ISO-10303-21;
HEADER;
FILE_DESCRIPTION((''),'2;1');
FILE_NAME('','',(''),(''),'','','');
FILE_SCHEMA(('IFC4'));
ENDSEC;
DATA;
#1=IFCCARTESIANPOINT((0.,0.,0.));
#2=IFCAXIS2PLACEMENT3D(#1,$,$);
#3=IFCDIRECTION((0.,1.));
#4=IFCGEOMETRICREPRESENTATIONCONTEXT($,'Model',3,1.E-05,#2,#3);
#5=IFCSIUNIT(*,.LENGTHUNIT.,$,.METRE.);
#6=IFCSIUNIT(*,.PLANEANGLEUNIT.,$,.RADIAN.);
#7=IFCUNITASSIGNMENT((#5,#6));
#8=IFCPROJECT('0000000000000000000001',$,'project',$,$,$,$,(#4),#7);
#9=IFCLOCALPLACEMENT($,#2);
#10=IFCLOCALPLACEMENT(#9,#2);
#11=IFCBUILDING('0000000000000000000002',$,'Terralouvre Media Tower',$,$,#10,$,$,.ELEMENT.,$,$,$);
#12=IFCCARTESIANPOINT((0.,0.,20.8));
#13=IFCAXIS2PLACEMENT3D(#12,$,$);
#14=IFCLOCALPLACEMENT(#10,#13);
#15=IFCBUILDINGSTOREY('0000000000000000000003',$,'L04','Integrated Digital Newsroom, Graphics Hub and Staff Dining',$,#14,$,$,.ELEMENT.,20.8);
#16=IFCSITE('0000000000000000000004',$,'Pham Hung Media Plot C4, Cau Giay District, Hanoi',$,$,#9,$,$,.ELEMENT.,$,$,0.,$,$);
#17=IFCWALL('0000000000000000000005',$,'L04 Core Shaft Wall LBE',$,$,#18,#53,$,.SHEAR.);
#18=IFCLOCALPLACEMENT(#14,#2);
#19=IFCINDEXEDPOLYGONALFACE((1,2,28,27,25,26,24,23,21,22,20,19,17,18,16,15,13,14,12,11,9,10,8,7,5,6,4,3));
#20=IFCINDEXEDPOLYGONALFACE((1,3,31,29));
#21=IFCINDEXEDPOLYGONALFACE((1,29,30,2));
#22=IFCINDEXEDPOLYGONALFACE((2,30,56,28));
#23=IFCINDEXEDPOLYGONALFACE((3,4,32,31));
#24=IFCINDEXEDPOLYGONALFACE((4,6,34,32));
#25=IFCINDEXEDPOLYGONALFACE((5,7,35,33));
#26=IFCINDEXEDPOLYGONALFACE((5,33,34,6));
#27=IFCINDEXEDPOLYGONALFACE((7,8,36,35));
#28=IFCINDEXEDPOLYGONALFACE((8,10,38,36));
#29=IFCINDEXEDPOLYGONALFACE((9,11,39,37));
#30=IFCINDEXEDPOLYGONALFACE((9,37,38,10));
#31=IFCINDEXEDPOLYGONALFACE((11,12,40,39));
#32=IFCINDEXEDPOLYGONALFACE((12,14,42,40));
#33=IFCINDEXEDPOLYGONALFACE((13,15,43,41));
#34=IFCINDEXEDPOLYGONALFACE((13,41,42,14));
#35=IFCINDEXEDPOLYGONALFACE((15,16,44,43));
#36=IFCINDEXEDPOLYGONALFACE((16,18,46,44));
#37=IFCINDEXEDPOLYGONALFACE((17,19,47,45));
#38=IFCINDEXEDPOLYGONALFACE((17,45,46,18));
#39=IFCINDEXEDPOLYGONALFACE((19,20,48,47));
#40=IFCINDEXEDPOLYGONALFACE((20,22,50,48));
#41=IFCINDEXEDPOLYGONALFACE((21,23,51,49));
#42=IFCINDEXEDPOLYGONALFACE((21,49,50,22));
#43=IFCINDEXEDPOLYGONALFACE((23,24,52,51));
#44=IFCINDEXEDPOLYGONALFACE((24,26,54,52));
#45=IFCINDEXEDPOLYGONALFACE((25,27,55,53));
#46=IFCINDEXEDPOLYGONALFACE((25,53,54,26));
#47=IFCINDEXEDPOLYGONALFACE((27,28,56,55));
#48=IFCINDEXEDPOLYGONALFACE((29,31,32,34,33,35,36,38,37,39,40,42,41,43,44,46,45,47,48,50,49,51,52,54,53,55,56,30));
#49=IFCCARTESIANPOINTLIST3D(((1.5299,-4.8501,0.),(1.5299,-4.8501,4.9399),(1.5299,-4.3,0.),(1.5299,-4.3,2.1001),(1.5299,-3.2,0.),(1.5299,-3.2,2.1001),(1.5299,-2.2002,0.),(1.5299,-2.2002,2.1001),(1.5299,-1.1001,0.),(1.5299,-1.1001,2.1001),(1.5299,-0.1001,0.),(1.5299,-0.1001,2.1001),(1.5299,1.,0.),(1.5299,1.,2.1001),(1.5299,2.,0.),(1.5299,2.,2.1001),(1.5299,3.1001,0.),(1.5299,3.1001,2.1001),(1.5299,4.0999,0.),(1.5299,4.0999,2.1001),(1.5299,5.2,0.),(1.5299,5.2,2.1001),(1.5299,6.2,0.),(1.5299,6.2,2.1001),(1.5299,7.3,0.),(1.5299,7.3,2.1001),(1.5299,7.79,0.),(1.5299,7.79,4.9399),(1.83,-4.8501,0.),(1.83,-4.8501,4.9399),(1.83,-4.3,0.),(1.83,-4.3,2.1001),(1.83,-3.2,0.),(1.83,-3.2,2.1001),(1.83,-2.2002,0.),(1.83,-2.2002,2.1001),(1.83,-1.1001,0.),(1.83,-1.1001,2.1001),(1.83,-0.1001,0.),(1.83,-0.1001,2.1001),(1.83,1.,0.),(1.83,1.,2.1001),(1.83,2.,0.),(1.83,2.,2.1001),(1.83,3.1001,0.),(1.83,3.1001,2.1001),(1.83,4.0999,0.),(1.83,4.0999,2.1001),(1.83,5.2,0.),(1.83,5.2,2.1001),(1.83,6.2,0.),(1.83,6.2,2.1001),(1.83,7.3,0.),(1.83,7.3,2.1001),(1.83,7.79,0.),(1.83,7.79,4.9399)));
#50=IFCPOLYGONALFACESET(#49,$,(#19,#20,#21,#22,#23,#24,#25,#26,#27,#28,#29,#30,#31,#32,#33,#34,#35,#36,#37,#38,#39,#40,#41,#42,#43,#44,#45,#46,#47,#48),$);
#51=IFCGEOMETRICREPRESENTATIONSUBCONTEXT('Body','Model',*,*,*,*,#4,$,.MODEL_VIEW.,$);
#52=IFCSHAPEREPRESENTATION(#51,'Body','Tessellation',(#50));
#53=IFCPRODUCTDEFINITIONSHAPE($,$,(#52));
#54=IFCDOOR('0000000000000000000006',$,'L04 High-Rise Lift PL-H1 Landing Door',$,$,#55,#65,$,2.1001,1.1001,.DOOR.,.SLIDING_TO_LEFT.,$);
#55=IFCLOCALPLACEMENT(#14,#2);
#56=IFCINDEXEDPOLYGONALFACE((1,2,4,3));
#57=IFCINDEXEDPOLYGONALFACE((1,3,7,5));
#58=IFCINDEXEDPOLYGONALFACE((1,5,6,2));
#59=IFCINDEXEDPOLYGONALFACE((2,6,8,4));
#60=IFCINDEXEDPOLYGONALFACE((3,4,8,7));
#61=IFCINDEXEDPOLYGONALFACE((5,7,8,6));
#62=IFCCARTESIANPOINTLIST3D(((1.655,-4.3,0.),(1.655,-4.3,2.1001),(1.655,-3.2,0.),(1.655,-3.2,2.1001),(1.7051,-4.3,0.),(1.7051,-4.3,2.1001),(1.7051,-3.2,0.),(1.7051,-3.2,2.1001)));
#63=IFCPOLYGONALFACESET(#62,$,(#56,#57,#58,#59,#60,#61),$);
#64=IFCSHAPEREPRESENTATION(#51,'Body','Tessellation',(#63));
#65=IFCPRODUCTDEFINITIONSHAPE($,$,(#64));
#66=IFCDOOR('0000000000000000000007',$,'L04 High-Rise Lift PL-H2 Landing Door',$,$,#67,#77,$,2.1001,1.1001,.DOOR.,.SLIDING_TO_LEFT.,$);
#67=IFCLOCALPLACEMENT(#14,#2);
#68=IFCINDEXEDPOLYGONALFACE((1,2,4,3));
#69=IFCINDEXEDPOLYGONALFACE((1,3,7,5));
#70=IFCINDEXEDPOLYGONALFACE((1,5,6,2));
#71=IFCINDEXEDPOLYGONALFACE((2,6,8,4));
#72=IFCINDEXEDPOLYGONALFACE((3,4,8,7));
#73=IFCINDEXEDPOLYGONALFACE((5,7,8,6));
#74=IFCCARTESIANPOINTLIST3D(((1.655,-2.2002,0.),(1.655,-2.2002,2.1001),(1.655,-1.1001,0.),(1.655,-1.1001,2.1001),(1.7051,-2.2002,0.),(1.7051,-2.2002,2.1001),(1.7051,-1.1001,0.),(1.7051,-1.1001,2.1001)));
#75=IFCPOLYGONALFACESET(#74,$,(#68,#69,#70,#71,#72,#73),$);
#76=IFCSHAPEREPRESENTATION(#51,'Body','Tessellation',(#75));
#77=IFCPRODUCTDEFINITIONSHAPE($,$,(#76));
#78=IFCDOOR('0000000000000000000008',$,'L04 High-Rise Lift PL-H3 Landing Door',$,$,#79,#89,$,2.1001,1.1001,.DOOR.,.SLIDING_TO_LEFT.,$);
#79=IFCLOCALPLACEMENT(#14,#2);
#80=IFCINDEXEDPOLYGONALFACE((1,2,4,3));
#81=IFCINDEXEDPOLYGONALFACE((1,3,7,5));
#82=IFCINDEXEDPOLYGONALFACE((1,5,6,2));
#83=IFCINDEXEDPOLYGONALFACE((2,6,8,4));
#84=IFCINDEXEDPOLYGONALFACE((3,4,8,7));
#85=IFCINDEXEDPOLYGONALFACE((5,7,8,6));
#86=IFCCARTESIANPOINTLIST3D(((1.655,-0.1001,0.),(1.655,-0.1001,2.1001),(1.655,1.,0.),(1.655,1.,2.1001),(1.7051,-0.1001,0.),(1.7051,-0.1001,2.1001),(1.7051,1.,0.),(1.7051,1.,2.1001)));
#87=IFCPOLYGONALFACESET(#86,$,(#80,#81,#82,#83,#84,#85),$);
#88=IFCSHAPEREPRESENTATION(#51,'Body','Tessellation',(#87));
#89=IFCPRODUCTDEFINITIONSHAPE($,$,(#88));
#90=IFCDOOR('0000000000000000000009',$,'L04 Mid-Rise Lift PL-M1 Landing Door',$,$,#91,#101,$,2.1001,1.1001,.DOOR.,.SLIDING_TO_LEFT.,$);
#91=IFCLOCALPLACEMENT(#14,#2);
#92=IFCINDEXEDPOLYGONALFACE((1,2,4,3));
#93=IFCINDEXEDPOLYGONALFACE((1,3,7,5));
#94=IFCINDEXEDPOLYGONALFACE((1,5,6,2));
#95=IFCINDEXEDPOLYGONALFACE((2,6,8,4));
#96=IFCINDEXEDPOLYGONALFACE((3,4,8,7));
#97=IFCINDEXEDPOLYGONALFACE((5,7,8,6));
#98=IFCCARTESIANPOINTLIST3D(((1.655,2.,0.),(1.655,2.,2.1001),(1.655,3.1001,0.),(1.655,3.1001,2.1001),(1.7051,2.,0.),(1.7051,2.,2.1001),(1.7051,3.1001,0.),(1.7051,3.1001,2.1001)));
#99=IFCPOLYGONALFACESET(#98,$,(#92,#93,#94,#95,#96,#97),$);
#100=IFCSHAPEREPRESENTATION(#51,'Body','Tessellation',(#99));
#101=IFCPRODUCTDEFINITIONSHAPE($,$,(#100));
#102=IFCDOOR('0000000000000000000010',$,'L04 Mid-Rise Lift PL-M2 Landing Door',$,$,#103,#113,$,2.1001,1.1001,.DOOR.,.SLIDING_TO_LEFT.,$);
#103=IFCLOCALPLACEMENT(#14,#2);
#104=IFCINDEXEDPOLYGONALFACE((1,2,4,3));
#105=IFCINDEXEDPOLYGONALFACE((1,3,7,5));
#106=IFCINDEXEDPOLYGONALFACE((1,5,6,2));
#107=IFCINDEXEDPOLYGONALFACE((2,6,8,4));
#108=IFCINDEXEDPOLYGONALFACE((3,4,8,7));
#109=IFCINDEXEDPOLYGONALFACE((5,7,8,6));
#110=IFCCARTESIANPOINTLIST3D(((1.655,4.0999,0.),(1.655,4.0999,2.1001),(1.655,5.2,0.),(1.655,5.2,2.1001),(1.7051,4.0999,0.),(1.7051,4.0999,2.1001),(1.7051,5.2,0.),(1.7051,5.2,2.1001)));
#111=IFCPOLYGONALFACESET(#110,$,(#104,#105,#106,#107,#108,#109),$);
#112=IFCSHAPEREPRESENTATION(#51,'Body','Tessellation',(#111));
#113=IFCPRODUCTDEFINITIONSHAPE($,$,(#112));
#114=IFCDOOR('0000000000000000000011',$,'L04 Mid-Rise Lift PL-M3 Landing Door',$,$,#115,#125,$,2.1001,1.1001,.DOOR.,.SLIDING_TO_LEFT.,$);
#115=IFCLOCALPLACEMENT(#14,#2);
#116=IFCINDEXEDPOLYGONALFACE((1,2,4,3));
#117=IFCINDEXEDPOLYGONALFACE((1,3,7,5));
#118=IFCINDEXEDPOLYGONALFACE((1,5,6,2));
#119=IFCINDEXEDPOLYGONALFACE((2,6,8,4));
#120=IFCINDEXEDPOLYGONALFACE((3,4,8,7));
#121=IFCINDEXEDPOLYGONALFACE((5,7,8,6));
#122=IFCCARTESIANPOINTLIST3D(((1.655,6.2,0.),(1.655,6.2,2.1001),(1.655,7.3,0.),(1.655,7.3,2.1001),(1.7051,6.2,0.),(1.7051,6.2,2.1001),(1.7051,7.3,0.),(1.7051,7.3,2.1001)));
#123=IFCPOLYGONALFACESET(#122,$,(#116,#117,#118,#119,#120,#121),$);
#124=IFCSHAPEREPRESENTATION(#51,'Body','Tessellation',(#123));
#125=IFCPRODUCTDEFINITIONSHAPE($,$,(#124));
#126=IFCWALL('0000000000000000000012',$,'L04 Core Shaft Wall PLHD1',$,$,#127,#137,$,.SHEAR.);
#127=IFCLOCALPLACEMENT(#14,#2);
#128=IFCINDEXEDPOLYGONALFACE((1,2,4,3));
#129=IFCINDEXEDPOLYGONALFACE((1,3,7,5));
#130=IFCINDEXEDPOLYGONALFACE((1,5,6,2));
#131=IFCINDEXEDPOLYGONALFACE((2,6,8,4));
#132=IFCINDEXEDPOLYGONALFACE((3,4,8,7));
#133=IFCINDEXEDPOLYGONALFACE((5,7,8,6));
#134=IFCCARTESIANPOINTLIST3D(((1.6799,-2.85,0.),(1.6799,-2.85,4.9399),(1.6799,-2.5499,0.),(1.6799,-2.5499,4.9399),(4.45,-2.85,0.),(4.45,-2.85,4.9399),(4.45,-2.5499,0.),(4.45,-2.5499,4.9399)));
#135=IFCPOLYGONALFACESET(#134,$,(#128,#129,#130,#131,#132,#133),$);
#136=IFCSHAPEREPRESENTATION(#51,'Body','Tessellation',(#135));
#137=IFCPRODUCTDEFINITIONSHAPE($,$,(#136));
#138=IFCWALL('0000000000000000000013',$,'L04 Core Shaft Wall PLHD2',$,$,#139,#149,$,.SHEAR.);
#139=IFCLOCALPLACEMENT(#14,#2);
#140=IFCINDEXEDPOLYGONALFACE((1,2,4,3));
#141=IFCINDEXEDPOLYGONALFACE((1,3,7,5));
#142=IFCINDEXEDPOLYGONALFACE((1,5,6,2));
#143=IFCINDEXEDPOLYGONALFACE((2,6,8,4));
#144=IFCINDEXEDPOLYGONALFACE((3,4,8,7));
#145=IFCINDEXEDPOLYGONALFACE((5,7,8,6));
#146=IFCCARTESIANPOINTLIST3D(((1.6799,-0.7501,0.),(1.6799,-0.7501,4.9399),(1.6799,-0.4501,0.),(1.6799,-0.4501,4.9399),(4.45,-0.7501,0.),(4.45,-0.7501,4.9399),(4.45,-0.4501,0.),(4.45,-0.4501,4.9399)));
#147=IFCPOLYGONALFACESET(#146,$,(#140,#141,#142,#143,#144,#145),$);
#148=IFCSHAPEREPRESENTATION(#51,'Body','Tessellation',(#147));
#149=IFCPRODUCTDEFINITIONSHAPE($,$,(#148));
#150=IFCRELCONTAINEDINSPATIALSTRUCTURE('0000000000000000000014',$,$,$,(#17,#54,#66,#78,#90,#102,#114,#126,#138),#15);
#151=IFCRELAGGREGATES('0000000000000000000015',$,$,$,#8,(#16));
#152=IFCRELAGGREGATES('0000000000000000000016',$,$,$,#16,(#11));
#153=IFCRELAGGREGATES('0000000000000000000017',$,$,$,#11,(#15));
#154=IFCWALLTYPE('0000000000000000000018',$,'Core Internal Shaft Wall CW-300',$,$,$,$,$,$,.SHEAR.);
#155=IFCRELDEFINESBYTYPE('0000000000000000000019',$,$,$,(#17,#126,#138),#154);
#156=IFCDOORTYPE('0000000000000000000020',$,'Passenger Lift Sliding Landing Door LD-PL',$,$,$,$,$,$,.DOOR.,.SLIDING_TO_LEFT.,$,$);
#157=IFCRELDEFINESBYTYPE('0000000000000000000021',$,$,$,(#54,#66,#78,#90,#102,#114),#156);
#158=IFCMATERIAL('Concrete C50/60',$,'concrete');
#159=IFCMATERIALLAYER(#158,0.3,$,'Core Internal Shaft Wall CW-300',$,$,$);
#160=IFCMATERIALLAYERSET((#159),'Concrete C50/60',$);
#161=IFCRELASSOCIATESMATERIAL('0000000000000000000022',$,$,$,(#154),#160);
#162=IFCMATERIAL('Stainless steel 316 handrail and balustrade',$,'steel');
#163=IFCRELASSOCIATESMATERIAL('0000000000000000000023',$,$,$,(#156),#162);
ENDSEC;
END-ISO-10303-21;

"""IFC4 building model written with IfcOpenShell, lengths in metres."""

from ifc_helpers import new_model, si_unit, direction, frame, frame_2d, origin, place, context, subcontext, project, spatial, rectangle, extrude, material, layer, layer_set, type_object, element, fill, save


model = new_model("IFC4")

# Units and contexts
model_context = context("Model", 3, precision=1e-05, world=origin(), true_north=direction((0.0, 1.0)))
body_context = subcontext(model_context, "Body", "Model", "MODEL_VIEW")
ifc_project = project(units=[si_unit("LENGTHUNIT", "METRE"), si_unit("PLANEANGLEUNIT", "RADIAN")], contexts=[model_context])

# Site, building, storey
site_placement = place(None, origin())
site = spatial("IfcSite", under=ifc_project, at=site_placement, Name="Pham Hung Media Plot C4, Cau Giay District, Hanoi", CompositionType="ELEMENT", RefElevation=0.0)
building_placement = place(site_placement, origin())
building = spatial("IfcBuilding", under=site, at=building_placement, Name="Terralouvre Media Tower", CompositionType="ELEMENT")
storey_placement = place(building_placement, frame((0.0, 0.0, 20.8)))
storey = spatial("IfcBuildingStorey", under=building, at=storey_placement, Name="L04", Description="Integrated Digital Newsroom, Graphics Hub and Staff Dining", CompositionType="ELEMENT", Elevation=20.8)

# Shared definitions
ifc_material_1 = material(Name="Concrete C50/60", Category="concrete")
ifc_layer_1 = layer(ifc_material_1, 0.3, Name="Core Internal Shaft Wall CW-300")
ifc_layer_set_1 = layer_set([ifc_layer_1], Name="Concrete C50/60")
wall_type = type_object("IfcWallType", Name="Core Internal Shaft Wall CW-300", PredefinedType="SHEAR", material=ifc_layer_set_1)

# Wall, openings, doors
wall_1_placement = place(storey_placement, frame((1.6799, -4.8501, 0.0), z_axis=(0.0, 0.0, 1.0), x_axis=(0.0, 1.0, 0.0)))
wall_1 = element("IfcWall", 1, at=wall_1_placement, inside=storey, type_object=wall_type, Name="L04 Core Shaft Wall LBE", PredefinedType="SHEAR", context=body_context, shape_type="SweptSolid", body=[
    extrude(rectangle(XDim=12.6401, YDim=0.3, at=frame_2d((6.3201, 0.0))), origin(), (0.0, 0.0, 1.0), 4.9399),
])
opening_1_placement = place(wall_1_placement, frame((0.55, 0.0, 0.0)))
opening_1 = element("IfcOpeningElement", 2, at=opening_1_placement, cuts=wall_1, PredefinedType="OPENING", context=body_context, shape_type="SweptSolid", body=[
    extrude(rectangle(XDim=1.1001, YDim=2.1001, at=frame_2d((0.55, 1.05))), frame((0.0, 0.1599, 0.0), z_axis=(0.0, -1.0, 0.0), x_axis=(1.0, 0.0, 0.0)), (0.0, 0.0, 1.0), 0.3201),
])
opening_2_placement = place(wall_1_placement, frame((2.6499, 0.0, 0.0)))
opening_2 = element("IfcOpeningElement", 3, at=opening_2_placement, cuts=wall_1, PredefinedType="OPENING", context=body_context, shape_type="SweptSolid", body=[
    extrude(rectangle(XDim=1.1001, YDim=2.1001, at=frame_2d((0.55, 1.05))), frame((0.0, 0.1599, 0.0), z_axis=(0.0, -1.0, 0.0), x_axis=(1.0, 0.0, 0.0)), (0.0, 0.0, 1.0), 0.3201),
])
opening_3_placement = place(wall_1_placement, frame((4.75, 0.0, 0.0)))
opening_3 = element("IfcOpeningElement", 4, at=opening_3_placement, cuts=wall_1, PredefinedType="OPENING", context=body_context, shape_type="SweptSolid", body=[
    extrude(rectangle(XDim=1.1001, YDim=2.1001, at=frame_2d((0.55, 1.05))), frame((0.0, 0.1599, 0.0), z_axis=(0.0, -1.0, 0.0), x_axis=(1.0, 0.0, 0.0)), (0.0, 0.0, 1.0), 0.3201),
])
opening_4_placement = place(wall_1_placement, frame((6.8501, 0.0, 0.0)))
opening_4 = element("IfcOpeningElement", 5, at=opening_4_placement, cuts=wall_1, PredefinedType="OPENING", context=body_context, shape_type="SweptSolid", body=[
    extrude(rectangle(XDim=1.1001, YDim=2.1001, at=frame_2d((0.55, 1.05))), frame((0.0, 0.1599, 0.0), z_axis=(0.0, -1.0, 0.0), x_axis=(1.0, 0.0, 0.0)), (0.0, 0.0, 1.0), 0.3201),
])
opening_5_placement = place(wall_1_placement, frame((8.95, 0.0, 0.0)))
opening_5 = element("IfcOpeningElement", 6, at=opening_5_placement, cuts=wall_1, PredefinedType="OPENING", context=body_context, shape_type="SweptSolid", body=[
    extrude(rectangle(XDim=1.1001, YDim=2.1001, at=frame_2d((0.55, 1.05))), frame((0.0, 0.1599, 0.0), z_axis=(0.0, -1.0, 0.0), x_axis=(1.0, 0.0, 0.0)), (0.0, 0.0, 1.0), 0.3201),
])
opening_6_placement = place(wall_1_placement, frame((11.05, 0.0, 0.0)))
opening_6 = element("IfcOpeningElement", 7, at=opening_6_placement, cuts=wall_1, PredefinedType="OPENING", context=body_context, shape_type="SweptSolid", body=[
    extrude(rectangle(XDim=1.1001, YDim=2.1001, at=frame_2d((0.55, 1.05))), frame((0.0, 0.1599, 0.0), z_axis=(0.0, -1.0, 0.0), x_axis=(1.0, 0.0, 0.0)), (0.0, 0.0, 1.0), 0.3201),
])
ifc_material_2 = material(Name="Stainless steel 316 handrail and balustrade", Category="steel")
door_type_1 = type_object("IfcDoorType", Name="Passenger Lift Sliding Landing Door LD-PL", OperationType="SLIDING_TO_LEFT", PredefinedType="DOOR", material=ifc_material_2)
door_1_placement = place(opening_1_placement, origin())
door_1 = element("IfcDoor", 8, at=door_1_placement, inside=storey, type_object=door_type_1, Name="L04 High-Rise Lift PL-H1 Landing Door", OperationType="SLIDING_TO_LEFT", OverallHeight=2.1001, OverallWidth=1.1001, PredefinedType="DOOR", context=body_context, shape_type="SweptSolid", body=[
    extrude(rectangle(XDim=1.1001, YDim=2.1001, at=frame_2d((0.55, 1.05))), frame((0.0, 0.0249, 0.0), z_axis=(0.0, -1.0, 0.0), x_axis=(1.0, 0.0, 0.0)), (0.0, 0.0, 1.0), 0.05),
])
fill(opening_1, door_1)
door_2_placement = place(opening_2_placement, origin())
door_2 = element("IfcDoor", 9, at=door_2_placement, inside=storey, type_object=door_type_1, Name="L04 High-Rise Lift PL-H2 Landing Door", OperationType="SLIDING_TO_LEFT", OverallHeight=2.1001, OverallWidth=1.1001, PredefinedType="DOOR", context=body_context, shape_type="SweptSolid", body=[
    extrude(rectangle(XDim=1.1001, YDim=2.1001, at=frame_2d((0.55, 1.05))), frame((0.0, 0.0249, 0.0), z_axis=(0.0, -1.0, 0.0), x_axis=(1.0, 0.0, 0.0)), (0.0, 0.0, 1.0), 0.05),
])
fill(opening_2, door_2)
door_3_placement = place(opening_3_placement, origin())
door_3 = element("IfcDoor", 10, at=door_3_placement, inside=storey, type_object=door_type_1, Name="L04 High-Rise Lift PL-H3 Landing Door", OperationType="SLIDING_TO_LEFT", OverallHeight=2.1001, OverallWidth=1.1001, PredefinedType="DOOR", context=body_context, shape_type="SweptSolid", body=[
    extrude(rectangle(XDim=1.1001, YDim=2.1001, at=frame_2d((0.55, 1.05))), frame((0.0, 0.0249, 0.0), z_axis=(0.0, -1.0, 0.0), x_axis=(1.0, 0.0, 0.0)), (0.0, 0.0, 1.0), 0.05),
])
fill(opening_3, door_3)
door_4_placement = place(opening_4_placement, origin())
door_4 = element("IfcDoor", 11, at=door_4_placement, inside=storey, type_object=door_type_1, Name="L04 Mid-Rise Lift PL-M1 Landing Door", OperationType="SLIDING_TO_LEFT", OverallHeight=2.1001, OverallWidth=1.1001, PredefinedType="DOOR", context=body_context, shape_type="SweptSolid", body=[
    extrude(rectangle(XDim=1.1001, YDim=2.1001, at=frame_2d((0.55, 1.05))), frame((0.0, 0.0249, 0.0), z_axis=(0.0, -1.0, 0.0), x_axis=(1.0, 0.0, 0.0)), (0.0, 0.0, 1.0), 0.05),
])
fill(opening_4, door_4)
door_5_placement = place(opening_5_placement, origin())
door_5 = element("IfcDoor", 12, at=door_5_placement, inside=storey, type_object=door_type_1, Name="L04 Mid-Rise Lift PL-M2 Landing Door", OperationType="SLIDING_TO_LEFT", OverallHeight=2.1001, OverallWidth=1.1001, PredefinedType="DOOR", context=body_context, shape_type="SweptSolid", body=[
    extrude(rectangle(XDim=1.1001, YDim=2.1001, at=frame_2d((0.55, 1.05))), frame((0.0, 0.0249, 0.0), z_axis=(0.0, -1.0, 0.0), x_axis=(1.0, 0.0, 0.0)), (0.0, 0.0, 1.0), 0.05),
])
fill(opening_5, door_5)
door_6_placement = place(opening_6_placement, origin())
door_6 = element("IfcDoor", 13, at=door_6_placement, inside=storey, type_object=door_type_1, Name="L04 Mid-Rise Lift PL-M3 Landing Door", OperationType="SLIDING_TO_LEFT", OverallHeight=2.1001, OverallWidth=1.1001, PredefinedType="DOOR", context=body_context, shape_type="SweptSolid", body=[
    extrude(rectangle(XDim=1.1001, YDim=2.1001, at=frame_2d((0.55, 1.05))), frame((0.0, 0.0249, 0.0), z_axis=(0.0, -1.0, 0.0), x_axis=(1.0, 0.0, 0.0)), (0.0, 0.0, 1.0), 0.05),
])
fill(opening_6, door_6)

# Walls
for number, where, z_axis, x_axis, name in (
    (14, (1.6799, -2.7, 0.0), (0.0, 0.0, 1.0), (1.0, 0.0, 0.0), "L04 Core Shaft Wall PLHD1"),
    (15, (1.6799, -0.6001, 0.0), (0.0, 0.0, 1.0), (1.0, 0.0, 0.0), "L04 Core Shaft Wall PLHD2"),
):
    element("IfcWall", number, at=place(storey_placement, frame(where, z_axis=z_axis, x_axis=x_axis)), inside=storey, type_object=wall_type, Name=name, PredefinedType="SHEAR", context=body_context, shape_type="SweptSolid", body=[
        extrude(rectangle(XDim=2.77, YDim=0.3, at=frame_2d((1.385, 0.0))), origin(), (0.0, 0.0, 1.0), 4.9399),
    ])

save(model, "model.ifc")
